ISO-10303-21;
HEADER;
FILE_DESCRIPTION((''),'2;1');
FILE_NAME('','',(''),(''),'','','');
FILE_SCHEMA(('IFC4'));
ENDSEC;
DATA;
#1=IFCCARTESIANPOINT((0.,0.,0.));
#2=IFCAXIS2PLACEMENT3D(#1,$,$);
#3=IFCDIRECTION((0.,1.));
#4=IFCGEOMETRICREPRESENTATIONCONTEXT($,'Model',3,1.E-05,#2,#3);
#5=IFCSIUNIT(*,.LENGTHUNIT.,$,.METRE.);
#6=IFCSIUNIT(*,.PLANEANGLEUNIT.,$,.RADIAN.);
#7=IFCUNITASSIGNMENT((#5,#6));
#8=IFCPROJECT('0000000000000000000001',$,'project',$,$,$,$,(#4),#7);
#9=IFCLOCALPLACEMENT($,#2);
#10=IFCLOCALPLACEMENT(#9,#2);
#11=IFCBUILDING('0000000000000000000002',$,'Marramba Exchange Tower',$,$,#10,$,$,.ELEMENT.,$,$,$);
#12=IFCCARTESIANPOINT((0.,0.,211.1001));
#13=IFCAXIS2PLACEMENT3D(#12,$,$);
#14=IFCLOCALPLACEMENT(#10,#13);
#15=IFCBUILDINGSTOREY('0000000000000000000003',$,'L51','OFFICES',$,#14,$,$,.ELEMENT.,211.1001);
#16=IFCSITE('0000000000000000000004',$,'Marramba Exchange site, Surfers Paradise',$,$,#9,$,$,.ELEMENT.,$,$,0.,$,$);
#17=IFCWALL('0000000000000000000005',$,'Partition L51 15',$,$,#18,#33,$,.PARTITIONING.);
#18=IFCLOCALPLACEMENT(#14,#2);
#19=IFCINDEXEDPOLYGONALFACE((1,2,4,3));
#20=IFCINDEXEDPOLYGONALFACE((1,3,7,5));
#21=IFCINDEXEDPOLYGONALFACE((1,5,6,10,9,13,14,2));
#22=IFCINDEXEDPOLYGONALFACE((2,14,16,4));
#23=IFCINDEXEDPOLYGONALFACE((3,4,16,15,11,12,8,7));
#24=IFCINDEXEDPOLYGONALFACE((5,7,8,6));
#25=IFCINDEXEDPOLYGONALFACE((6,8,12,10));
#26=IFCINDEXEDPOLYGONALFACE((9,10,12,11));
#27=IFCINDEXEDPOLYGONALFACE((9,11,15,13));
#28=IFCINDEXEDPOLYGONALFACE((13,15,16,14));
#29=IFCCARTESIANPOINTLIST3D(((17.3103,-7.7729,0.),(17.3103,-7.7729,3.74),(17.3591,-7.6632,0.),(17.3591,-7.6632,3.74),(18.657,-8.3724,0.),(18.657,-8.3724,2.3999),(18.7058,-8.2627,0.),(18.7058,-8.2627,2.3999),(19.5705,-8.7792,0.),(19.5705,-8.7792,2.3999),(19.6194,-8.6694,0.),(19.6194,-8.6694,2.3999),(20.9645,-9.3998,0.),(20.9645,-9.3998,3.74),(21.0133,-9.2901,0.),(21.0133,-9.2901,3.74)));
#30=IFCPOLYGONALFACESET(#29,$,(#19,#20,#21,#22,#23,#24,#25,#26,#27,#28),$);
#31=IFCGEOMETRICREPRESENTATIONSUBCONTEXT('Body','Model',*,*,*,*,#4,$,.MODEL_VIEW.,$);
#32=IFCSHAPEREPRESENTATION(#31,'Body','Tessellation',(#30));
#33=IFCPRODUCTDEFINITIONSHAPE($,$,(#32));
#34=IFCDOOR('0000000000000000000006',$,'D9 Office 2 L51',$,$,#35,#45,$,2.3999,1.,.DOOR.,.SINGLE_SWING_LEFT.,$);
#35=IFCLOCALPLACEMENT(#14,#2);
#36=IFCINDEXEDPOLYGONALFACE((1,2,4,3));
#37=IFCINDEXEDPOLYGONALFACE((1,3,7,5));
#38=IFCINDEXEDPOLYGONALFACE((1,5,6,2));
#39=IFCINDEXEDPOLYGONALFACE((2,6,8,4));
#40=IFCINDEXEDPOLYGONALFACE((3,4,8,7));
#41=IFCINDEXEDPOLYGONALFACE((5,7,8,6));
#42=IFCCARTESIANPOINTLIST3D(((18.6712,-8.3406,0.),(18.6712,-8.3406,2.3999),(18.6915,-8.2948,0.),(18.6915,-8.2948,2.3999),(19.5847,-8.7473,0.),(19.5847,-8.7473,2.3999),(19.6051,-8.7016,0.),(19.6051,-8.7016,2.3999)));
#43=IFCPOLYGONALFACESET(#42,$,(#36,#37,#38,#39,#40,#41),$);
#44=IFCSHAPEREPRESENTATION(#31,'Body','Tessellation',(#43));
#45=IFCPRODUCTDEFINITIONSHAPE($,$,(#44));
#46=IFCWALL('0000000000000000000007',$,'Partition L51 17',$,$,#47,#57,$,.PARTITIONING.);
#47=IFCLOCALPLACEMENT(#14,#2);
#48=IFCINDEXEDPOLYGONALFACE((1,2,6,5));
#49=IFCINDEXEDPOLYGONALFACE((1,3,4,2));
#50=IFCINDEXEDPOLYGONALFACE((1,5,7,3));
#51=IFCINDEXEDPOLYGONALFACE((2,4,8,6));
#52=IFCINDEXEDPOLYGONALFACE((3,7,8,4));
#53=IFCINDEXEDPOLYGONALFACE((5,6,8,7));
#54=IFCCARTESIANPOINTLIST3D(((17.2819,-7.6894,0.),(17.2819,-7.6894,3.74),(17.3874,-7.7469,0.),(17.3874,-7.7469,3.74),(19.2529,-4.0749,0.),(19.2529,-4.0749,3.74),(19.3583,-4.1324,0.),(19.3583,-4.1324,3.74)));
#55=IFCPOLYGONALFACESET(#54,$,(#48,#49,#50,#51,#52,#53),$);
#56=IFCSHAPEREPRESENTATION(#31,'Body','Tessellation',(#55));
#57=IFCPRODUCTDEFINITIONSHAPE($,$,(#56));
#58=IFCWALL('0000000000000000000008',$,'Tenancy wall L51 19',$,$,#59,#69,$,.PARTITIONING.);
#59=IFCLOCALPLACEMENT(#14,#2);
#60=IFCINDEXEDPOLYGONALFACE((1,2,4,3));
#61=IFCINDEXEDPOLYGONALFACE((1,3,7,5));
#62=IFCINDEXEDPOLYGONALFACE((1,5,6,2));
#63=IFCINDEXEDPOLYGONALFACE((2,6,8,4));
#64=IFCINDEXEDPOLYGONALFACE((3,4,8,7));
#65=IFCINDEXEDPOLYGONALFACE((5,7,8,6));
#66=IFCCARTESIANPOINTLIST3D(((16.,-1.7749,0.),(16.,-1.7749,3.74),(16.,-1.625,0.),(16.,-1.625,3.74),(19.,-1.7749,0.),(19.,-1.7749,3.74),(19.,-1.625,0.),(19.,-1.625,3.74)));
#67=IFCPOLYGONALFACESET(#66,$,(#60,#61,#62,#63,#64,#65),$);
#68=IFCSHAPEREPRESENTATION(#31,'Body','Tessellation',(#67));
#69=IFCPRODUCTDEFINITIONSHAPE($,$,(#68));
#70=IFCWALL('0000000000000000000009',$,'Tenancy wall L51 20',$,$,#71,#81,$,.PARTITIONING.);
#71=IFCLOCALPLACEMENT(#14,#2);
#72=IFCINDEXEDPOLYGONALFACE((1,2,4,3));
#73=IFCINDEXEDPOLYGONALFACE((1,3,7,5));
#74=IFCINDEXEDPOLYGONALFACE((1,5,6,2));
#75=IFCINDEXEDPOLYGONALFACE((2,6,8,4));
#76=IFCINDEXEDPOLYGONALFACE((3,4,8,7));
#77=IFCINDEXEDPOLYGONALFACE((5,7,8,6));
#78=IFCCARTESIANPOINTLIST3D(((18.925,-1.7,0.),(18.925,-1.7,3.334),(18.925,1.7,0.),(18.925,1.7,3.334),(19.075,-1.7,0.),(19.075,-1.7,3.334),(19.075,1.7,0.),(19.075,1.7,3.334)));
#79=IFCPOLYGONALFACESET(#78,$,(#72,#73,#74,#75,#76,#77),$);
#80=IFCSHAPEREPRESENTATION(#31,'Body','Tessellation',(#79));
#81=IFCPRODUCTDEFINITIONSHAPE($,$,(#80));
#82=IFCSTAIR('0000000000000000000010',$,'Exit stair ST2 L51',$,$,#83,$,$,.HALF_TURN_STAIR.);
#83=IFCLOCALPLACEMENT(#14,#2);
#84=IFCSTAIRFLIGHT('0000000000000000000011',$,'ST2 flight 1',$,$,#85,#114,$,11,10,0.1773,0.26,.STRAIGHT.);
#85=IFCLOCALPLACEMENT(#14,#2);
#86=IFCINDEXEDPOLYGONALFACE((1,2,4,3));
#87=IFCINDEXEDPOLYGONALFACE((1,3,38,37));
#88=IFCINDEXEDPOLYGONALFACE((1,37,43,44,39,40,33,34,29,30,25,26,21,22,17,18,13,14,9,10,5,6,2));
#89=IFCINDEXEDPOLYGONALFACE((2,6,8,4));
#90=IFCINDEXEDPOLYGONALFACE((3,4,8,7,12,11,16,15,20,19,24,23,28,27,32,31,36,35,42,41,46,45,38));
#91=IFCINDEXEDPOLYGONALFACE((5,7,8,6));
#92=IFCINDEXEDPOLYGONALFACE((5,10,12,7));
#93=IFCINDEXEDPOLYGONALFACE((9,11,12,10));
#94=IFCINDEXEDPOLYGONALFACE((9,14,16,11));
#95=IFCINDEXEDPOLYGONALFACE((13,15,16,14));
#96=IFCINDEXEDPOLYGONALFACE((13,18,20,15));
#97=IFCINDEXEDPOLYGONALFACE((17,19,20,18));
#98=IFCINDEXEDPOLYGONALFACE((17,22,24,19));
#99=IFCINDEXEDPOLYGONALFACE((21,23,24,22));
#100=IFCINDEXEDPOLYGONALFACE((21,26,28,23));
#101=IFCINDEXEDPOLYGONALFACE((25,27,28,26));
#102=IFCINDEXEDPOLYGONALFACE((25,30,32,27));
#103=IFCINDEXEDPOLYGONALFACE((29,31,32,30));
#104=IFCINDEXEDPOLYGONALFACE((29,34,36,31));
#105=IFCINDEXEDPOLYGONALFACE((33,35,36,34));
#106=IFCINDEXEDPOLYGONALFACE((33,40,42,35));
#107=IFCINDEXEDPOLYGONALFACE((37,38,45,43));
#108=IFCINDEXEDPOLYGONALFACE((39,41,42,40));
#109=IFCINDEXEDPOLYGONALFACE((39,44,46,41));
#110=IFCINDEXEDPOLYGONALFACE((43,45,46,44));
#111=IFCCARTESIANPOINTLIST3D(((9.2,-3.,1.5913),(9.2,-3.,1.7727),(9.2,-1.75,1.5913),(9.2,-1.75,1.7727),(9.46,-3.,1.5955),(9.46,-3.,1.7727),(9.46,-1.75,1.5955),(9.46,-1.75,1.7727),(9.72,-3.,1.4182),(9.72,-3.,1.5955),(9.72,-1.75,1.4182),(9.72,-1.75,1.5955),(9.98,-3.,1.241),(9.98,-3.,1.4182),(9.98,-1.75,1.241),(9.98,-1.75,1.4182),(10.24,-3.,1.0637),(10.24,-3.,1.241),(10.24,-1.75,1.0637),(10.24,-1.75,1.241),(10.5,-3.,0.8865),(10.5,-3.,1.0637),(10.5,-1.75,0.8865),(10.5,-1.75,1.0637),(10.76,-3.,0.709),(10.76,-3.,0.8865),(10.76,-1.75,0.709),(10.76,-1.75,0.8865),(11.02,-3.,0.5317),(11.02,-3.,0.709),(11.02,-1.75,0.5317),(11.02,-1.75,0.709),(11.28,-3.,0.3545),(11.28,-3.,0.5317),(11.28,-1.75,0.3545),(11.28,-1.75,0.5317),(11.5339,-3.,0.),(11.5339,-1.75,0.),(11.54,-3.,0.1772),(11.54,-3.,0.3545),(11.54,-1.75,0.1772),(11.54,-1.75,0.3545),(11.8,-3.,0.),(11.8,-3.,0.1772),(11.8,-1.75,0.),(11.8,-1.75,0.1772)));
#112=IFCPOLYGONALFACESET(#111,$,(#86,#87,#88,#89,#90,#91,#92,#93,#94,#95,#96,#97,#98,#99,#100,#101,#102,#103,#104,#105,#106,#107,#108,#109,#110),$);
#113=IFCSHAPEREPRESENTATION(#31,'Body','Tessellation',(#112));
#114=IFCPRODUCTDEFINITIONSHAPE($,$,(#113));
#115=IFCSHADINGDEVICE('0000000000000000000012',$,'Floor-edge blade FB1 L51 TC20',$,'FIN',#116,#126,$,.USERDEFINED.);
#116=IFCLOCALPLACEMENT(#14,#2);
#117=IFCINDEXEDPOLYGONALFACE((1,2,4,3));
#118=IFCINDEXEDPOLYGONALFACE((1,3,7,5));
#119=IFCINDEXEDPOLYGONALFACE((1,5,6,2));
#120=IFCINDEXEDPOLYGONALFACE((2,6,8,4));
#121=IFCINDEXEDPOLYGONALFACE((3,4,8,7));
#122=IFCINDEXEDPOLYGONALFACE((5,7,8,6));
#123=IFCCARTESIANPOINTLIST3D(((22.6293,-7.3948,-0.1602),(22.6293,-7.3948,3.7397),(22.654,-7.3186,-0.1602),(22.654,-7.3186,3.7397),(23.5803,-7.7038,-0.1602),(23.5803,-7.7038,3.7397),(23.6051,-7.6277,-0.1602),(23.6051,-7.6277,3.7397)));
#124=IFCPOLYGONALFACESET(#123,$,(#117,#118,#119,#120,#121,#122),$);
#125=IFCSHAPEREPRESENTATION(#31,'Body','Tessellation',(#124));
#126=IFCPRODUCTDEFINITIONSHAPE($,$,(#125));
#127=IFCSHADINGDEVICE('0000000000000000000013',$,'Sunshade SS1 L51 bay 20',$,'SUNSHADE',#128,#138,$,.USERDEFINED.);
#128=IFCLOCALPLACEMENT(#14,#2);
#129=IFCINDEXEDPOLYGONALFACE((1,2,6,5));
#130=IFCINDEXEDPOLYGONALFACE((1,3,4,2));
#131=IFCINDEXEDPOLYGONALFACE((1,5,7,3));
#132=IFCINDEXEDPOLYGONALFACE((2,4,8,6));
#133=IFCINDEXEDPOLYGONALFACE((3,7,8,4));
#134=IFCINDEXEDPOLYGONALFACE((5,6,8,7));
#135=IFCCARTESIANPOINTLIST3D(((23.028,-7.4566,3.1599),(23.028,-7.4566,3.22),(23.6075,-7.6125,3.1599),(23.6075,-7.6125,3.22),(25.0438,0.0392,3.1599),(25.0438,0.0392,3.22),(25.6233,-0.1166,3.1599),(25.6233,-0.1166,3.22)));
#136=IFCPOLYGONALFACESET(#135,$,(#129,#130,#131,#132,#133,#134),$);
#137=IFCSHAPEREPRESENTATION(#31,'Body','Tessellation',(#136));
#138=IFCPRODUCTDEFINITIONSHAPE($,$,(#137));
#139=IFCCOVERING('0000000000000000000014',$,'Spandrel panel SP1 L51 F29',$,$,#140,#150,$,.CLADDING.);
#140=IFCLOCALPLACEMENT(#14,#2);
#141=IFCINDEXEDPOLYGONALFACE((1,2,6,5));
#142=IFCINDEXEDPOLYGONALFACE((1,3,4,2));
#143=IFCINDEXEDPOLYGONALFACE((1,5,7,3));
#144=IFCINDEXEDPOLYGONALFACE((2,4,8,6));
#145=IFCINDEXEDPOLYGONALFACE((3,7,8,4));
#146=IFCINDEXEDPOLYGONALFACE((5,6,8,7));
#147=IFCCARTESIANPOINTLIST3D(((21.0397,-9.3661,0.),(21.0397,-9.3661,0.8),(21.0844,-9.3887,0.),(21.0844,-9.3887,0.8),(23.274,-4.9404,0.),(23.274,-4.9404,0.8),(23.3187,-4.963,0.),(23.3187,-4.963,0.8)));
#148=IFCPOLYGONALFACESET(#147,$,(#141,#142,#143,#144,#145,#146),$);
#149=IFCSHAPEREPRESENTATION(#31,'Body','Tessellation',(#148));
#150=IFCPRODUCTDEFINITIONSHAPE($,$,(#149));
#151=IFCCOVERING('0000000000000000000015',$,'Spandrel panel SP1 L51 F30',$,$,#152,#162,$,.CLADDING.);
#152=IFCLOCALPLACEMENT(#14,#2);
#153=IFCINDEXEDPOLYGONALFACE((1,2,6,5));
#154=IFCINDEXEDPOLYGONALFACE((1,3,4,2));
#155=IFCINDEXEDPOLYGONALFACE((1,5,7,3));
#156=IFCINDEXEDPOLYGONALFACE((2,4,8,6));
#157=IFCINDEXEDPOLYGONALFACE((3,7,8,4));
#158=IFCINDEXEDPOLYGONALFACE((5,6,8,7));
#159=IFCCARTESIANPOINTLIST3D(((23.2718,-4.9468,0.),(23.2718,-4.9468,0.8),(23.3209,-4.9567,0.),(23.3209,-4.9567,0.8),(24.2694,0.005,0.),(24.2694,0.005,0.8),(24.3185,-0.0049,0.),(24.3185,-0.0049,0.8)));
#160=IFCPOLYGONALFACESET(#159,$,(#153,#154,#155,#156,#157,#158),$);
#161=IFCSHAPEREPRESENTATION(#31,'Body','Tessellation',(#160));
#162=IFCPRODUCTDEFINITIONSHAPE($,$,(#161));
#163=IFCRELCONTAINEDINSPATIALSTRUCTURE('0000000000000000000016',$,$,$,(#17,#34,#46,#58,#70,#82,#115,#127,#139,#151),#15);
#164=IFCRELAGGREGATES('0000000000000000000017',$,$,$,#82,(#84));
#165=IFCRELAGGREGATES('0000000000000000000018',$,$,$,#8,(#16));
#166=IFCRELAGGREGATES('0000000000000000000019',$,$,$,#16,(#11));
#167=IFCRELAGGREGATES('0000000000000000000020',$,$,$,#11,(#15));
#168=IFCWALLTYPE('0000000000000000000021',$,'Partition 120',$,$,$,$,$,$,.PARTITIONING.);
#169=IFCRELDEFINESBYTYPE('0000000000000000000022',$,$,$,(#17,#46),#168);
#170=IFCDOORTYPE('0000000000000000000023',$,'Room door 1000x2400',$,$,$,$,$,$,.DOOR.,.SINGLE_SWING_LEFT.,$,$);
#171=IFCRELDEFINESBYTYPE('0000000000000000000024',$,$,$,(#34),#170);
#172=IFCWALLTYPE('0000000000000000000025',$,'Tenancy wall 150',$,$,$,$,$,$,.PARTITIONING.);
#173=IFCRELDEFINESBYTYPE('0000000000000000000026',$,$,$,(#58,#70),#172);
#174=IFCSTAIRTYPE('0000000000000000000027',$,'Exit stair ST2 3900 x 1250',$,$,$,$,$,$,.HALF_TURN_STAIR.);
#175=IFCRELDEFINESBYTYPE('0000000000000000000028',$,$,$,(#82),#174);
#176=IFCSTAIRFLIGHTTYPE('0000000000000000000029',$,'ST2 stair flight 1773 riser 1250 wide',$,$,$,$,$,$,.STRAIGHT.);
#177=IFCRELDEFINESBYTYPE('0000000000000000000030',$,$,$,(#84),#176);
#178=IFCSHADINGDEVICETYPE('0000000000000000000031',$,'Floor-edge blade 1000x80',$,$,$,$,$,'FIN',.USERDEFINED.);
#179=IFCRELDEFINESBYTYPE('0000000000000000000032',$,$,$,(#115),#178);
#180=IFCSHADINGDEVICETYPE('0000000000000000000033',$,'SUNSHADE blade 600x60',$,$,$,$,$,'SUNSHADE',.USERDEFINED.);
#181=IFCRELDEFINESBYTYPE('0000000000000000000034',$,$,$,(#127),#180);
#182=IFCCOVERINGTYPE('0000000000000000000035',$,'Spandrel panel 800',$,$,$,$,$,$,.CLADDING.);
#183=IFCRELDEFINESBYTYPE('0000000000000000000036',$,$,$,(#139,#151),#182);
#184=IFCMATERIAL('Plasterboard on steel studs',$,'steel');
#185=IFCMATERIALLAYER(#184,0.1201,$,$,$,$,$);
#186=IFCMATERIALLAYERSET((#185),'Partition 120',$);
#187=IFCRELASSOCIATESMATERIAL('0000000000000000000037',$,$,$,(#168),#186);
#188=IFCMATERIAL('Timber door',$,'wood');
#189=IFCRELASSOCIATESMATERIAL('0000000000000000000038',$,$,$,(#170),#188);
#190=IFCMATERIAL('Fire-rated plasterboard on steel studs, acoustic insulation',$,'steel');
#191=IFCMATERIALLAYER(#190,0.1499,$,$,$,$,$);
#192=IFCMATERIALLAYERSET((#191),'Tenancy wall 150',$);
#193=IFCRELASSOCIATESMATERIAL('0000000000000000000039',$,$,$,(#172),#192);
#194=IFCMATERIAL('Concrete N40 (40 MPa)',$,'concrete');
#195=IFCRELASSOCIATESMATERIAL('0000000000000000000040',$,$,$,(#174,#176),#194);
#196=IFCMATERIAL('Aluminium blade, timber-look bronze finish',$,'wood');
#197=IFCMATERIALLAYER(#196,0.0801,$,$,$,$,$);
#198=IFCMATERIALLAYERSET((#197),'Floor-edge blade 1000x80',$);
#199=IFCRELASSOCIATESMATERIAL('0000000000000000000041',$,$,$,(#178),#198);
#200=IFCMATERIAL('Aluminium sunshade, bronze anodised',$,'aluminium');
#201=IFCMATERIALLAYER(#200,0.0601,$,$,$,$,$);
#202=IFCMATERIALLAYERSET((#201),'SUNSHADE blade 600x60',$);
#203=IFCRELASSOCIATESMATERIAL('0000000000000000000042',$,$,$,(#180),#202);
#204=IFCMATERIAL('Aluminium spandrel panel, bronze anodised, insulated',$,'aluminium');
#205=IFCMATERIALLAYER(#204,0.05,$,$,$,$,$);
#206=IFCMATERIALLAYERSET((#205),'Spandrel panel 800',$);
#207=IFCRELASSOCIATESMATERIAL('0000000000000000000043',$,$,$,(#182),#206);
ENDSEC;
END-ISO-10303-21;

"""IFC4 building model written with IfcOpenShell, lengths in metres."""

from ifc_helpers import new_model, si_unit, direction, frame, frame_2d, origin, origin_2d, place, context, subcontext, project, spatial, polyline, rectangle, outline, extrude, material, layer, layer_set, type_object, element, fill, aggregate, save


model = new_model("IFC4")

# Units and contexts
model_context = context("Model", 3, precision=1e-05, world=origin(), true_north=direction((0.0, 1.0)))
body_context = subcontext(model_context, "Body", "Model", "MODEL_VIEW")
ifc_project = project(units=[si_unit("LENGTHUNIT", "METRE"), si_unit("PLANEANGLEUNIT", "RADIAN")], contexts=[model_context])

# Site, building, storey
site_placement = place(None, origin())
site = spatial("IfcSite", under=ifc_project, at=site_placement, Name="Marramba Exchange site, Surfers Paradise", CompositionType="ELEMENT", RefElevation=0.0)
building_placement = place(site_placement, origin())
building = spatial("IfcBuilding", under=site, at=building_placement, Name="Marramba Exchange Tower", CompositionType="ELEMENT")
storey_placement = place(building_placement, frame((0.0, 0.0, 211.1001)))
storey = spatial("IfcBuildingStorey", under=building, at=storey_placement, Name="L51", Description="OFFICES", CompositionType="ELEMENT", Elevation=211.1001)

# Wall, opening, door
ifc_material_1 = material(Name="Plasterboard on steel studs", Category="steel")
ifc_layer_1 = layer(ifc_material_1, 0.1201)
ifc_layer_set_1 = layer_set([ifc_layer_1], Name="Partition 120")
wall_type_1 = type_object("IfcWallType", Name="Partition 120", PredefinedType="PARTITIONING", material=ifc_layer_set_1)
wall_1_placement = place(storey_placement, frame((17.3347, -7.718, 0.0), z_axis=(0.0, 0.0, 1.0), x_axis=(0.91355, -0.406727, 0.0)))
wall_1 = element("IfcWall", 1, at=wall_1_placement, inside=storey, type_object=wall_type_1, Name="Partition L51 15", PredefinedType="PARTITIONING", context=body_context, shape_type="SweptSolid", body=[
    extrude(rectangle(XDim=4.0, YDim=0.1201, at=frame_2d((2.0, 0.0))), origin(), (0.0, 0.0, 1.0), 3.74),
])
opening_placement = place(wall_1_placement, frame((1.4741, 0.0, 0.0)))
opening = element("IfcOpeningElement", 2, at=opening_placement, cuts=wall_1, PredefinedType="OPENING", context=body_context, shape_type="SweptSolid", body=[
    extrude(rectangle(XDim=1.0, YDim=2.3999, at=frame_2d((0.5, 1.2))), frame((0.0, 0.0701, 0.0), z_axis=(0.0, -1.0, 0.0), x_axis=(1.0, 0.0, 0.0)), (0.0, 0.0, 1.0), 0.1401),
])
ifc_material_2 = material(Name="Timber door", Category="wood")
door_type = type_object("IfcDoorType", Name="Room door 1000x2400", OperationType="SINGLE_SWING_LEFT", PredefinedType="DOOR", material=ifc_material_2)
door_placement = place(opening_placement, origin())
door = element("IfcDoor", 3, at=door_placement, inside=storey, type_object=door_type, Name="D9 Office 2 L51", OperationType="SINGLE_SWING_LEFT", OverallHeight=2.3999, OverallWidth=1.0, PredefinedType="DOOR", context=body_context, shape_type="SweptSolid", body=[
    extrude(rectangle(XDim=1.0, YDim=2.3999, at=frame_2d((0.5, 1.2))), frame((0.0, 0.0249, 0.0), z_axis=(0.0, -1.0, 0.0), x_axis=(1.0, 0.0, 0.0)), (0.0, 0.0, 1.0), 0.05),
])
fill(opening, door)

# Walls
wall_2_placement = place(storey_placement, frame((19.3057, -4.1035, 0.0), z_axis=(0.0, 0.0, 1.0), x_axis=(-0.47874, -0.877957, 0.0)))
element("IfcWall", 4, at=wall_2_placement, inside=storey, type_object=wall_type_1, Name="Partition L51 17", PredefinedType="PARTITIONING", context=body_context, shape_type="SweptSolid", body=[
    extrude(rectangle(XDim=4.1169, YDim=0.1201, at=frame_2d((2.0586, 0.0))), origin(), (0.0, 0.0, 1.0), 3.74),
])
ifc_material_3 = material(Name="Fire-rated plasterboard on steel studs, acoustic insulation", Category="steel")
ifc_layer_2 = layer(ifc_material_3, 0.1499)
ifc_layer_set_2 = layer_set([ifc_layer_2], Name="Tenancy wall 150")
wall_type_2 = type_object("IfcWallType", Name="Tenancy wall 150", PredefinedType="PARTITIONING", material=ifc_layer_set_2)
wall_3_placement = place(storey_placement, frame((16.0, -1.7, 0.0), z_axis=(0.0, 0.0, 1.0), x_axis=(1.0, 0.0, 0.0)))
element("IfcWall", 5, at=wall_3_placement, inside=storey, type_object=wall_type_2, Name="Tenancy wall L51 19", PredefinedType="PARTITIONING", context=body_context, shape_type="SweptSolid", body=[
    extrude(rectangle(XDim=3.0, YDim=0.1499, at=frame_2d((1.5, 0.0))), origin(), (0.0, 0.0, 1.0), 3.74),
])
wall_4_placement = place(storey_placement, frame((19.0, -1.7, 0.0), z_axis=(0.0, 0.0, 1.0), x_axis=(0.0, 1.0, 0.0)))
element("IfcWall", 6, at=wall_4_placement, inside=storey, type_object=wall_type_2, Name="Tenancy wall L51 20", PredefinedType="PARTITIONING", context=body_context, shape_type="SweptSolid", body=[
    extrude(rectangle(XDim=3.3999, YDim=0.1499, at=frame_2d((1.7, 0.0))), origin(), (0.0, 0.0, 1.0), 3.334),
])

# Stair, stair flight
ifc_material_4 = material(Name="Concrete N40 (40 MPa)", Category="concrete")
stair_type = type_object("IfcStairType", Name="Exit stair ST2 3900 x 1250", PredefinedType="HALF_TURN_STAIR", material=ifc_material_4)
stair_placement = place(storey_placement, origin())
stair = element("IfcStair", 7, at=stair_placement, inside=storey, type_object=stair_type, Name="Exit stair ST2 L51", PredefinedType="HALF_TURN_STAIR")
stair_flight_type = type_object("IfcStairFlightType", Name="ST2 stair flight 1773 riser 1250 wide", PredefinedType="STRAIGHT", material=ifc_material_4)
stair_flight_placement = place(storey_placement, frame((11.8, -2.375, 0.0), z_axis=(0.0, 0.0, 1.0), x_axis=(-1.0, 0.0, 0.0)))
stair_flight = element("IfcStairFlight", 8, at=stair_flight_placement, type_object=stair_flight_type, Name="ST2 flight 1", NumberOfRisers=11, NumberOfTreads=10, PredefinedType="STRAIGHT", RiserHeight=0.1773, TreadLength=0.26, context=body_context, shape_type="SweptSolid", body=[
    extrude(outline(polyline([(0.0, 0.0), (0.0, 0.1772), (0.26, 0.1772), (0.26, 0.3545), (0.52, 0.3545), (0.52, 0.5317), (0.78, 0.5317), (0.78, 0.709), (1.04, 0.709), (1.04, 0.8865), (1.3, 0.8865), (1.3, 1.0637), (1.5601, 1.0637), (1.5601, 1.241), (1.8201, 1.241), (1.8201, 1.4182), (2.0801, 1.4182), (2.0801, 1.5955), (2.3401, 1.5955), (2.3401, 1.7727), (2.6001, 1.7727), (2.6001, 1.95), (2.6001, 1.5913), (0.2661, 0.0), (0.0, 0.0)])), frame((0.0, 0.625, 0.0), z_axis=(0.0, -1.0, 0.0), x_axis=(1.0, 0.0, 0.0)), (0.0, 0.0, 1.0), 1.25),
])
aggregate(stair, [stair_flight])

# Shading devices
ifc_material_5 = material(Name="Aluminium blade, timber-look bronze finish", Category="wood")
ifc_layer_3 = layer(ifc_material_5, 0.0801)
ifc_layer_set_3 = layer_set([ifc_layer_3], Name="Floor-edge blade 1000x80")
shading_device_type_1 = type_object("IfcShadingDeviceType", Name="Floor-edge blade 1000x80", ElementType="FIN", PredefinedType="USERDEFINED", material=ifc_layer_set_3)
shading_device_1_placement = place(storey_placement, frame((23.1172, -7.5112, -0.1602), z_axis=(0.0, 0.0, 1.0), x_axis=(0.951057, -0.309017, 0.0)))
element("IfcShadingDevice", 9, at=shading_device_1_placement, inside=storey, type_object=shading_device_type_1, Name="Floor-edge blade FB1 L51 TC20", ObjectType="FIN", PredefinedType="USERDEFINED", context=body_context, shape_type="SweptSolid", body=[
    extrude(rectangle(XDim=1.0, YDim=0.0801, at=origin_2d()), origin(), (0.0, 0.0, 1.0), 3.8999),
])
ifc_material_6 = material(Name="Aluminium sunshade, bronze anodised", Category="aluminium")
ifc_layer_4 = layer(ifc_material_6, 0.0601)
ifc_layer_set_4 = layer_set([ifc_layer_4], Name="SUNSHADE blade 600x60")
shading_device_type_2 = type_object("IfcShadingDeviceType", Name="SUNSHADE blade 600x60", ElementType="SUNSHADE", PredefinedType="USERDEFINED", material=ifc_layer_set_4)
shading_device_2_placement = place(storey_placement, frame((24.3257, -3.7866, 3.1599), z_axis=(0.0, 0.0, 1.0), x_axis=(0.259692, 0.965691, 0.0)))
element("IfcShadingDevice", 10, at=shading_device_2_placement, inside=storey, type_object=shading_device_type_2, Name="Sunshade SS1 L51 bay 20", ObjectType="SUNSHADE", PredefinedType="USERDEFINED", context=body_context, shape_type="SweptSolid", body=[
    extrude(rectangle(XDim=7.7622, YDim=0.6001, at=origin_2d()), origin(), (0.0, 0.0, 1.0), 0.0601),
])

# Coverings
ifc_material_7 = material(Name="Aluminium spandrel panel, bronze anodised, insulated", Category="aluminium")
ifc_layer_5 = layer(ifc_material_7, 0.05)
ifc_layer_set_5 = layer_set([ifc_layer_5], Name="Spandrel panel 800")
covering_type = type_object("IfcCoveringType", Name="Spandrel panel 800", PredefinedType="CLADDING", material=ifc_layer_set_5)
covering_1_placement = place(storey_placement, frame((22.1792, -7.1646, 0.0), z_axis=(0.0, 0.0, 1.0), x_axis=(0.450673, 0.892689, 0.0)))
element("IfcCovering", 11, at=covering_1_placement, inside=storey, type_object=covering_type, Name="Spandrel panel SP1 L51 F29", PredefinedType="CLADDING", context=body_context, shape_type="SweptSolid", body=[
    extrude(rectangle(XDim=4.9578, YDim=0.05, at=origin_2d()), origin(), (0.0, 0.0, 1.0), 0.8),
])
covering_2_placement = place(storey_placement, frame((23.7952, -2.4758, 0.0), z_axis=(0.0, 0.0, 1.0), x_axis=(0.197495, 0.980304, 0.0)))
element("IfcCovering", 12, at=covering_2_placement, inside=storey, type_object=covering_type, Name="Spandrel panel SP1 L51 F30", PredefinedType="CLADDING", context=body_context, shape_type="SweptSolid", body=[
    extrude(rectangle(XDim=5.0513, YDim=0.05, at=origin_2d()), origin(), (0.0, 0.0, 1.0), 0.8),
])

save(model, "model.ifc")
